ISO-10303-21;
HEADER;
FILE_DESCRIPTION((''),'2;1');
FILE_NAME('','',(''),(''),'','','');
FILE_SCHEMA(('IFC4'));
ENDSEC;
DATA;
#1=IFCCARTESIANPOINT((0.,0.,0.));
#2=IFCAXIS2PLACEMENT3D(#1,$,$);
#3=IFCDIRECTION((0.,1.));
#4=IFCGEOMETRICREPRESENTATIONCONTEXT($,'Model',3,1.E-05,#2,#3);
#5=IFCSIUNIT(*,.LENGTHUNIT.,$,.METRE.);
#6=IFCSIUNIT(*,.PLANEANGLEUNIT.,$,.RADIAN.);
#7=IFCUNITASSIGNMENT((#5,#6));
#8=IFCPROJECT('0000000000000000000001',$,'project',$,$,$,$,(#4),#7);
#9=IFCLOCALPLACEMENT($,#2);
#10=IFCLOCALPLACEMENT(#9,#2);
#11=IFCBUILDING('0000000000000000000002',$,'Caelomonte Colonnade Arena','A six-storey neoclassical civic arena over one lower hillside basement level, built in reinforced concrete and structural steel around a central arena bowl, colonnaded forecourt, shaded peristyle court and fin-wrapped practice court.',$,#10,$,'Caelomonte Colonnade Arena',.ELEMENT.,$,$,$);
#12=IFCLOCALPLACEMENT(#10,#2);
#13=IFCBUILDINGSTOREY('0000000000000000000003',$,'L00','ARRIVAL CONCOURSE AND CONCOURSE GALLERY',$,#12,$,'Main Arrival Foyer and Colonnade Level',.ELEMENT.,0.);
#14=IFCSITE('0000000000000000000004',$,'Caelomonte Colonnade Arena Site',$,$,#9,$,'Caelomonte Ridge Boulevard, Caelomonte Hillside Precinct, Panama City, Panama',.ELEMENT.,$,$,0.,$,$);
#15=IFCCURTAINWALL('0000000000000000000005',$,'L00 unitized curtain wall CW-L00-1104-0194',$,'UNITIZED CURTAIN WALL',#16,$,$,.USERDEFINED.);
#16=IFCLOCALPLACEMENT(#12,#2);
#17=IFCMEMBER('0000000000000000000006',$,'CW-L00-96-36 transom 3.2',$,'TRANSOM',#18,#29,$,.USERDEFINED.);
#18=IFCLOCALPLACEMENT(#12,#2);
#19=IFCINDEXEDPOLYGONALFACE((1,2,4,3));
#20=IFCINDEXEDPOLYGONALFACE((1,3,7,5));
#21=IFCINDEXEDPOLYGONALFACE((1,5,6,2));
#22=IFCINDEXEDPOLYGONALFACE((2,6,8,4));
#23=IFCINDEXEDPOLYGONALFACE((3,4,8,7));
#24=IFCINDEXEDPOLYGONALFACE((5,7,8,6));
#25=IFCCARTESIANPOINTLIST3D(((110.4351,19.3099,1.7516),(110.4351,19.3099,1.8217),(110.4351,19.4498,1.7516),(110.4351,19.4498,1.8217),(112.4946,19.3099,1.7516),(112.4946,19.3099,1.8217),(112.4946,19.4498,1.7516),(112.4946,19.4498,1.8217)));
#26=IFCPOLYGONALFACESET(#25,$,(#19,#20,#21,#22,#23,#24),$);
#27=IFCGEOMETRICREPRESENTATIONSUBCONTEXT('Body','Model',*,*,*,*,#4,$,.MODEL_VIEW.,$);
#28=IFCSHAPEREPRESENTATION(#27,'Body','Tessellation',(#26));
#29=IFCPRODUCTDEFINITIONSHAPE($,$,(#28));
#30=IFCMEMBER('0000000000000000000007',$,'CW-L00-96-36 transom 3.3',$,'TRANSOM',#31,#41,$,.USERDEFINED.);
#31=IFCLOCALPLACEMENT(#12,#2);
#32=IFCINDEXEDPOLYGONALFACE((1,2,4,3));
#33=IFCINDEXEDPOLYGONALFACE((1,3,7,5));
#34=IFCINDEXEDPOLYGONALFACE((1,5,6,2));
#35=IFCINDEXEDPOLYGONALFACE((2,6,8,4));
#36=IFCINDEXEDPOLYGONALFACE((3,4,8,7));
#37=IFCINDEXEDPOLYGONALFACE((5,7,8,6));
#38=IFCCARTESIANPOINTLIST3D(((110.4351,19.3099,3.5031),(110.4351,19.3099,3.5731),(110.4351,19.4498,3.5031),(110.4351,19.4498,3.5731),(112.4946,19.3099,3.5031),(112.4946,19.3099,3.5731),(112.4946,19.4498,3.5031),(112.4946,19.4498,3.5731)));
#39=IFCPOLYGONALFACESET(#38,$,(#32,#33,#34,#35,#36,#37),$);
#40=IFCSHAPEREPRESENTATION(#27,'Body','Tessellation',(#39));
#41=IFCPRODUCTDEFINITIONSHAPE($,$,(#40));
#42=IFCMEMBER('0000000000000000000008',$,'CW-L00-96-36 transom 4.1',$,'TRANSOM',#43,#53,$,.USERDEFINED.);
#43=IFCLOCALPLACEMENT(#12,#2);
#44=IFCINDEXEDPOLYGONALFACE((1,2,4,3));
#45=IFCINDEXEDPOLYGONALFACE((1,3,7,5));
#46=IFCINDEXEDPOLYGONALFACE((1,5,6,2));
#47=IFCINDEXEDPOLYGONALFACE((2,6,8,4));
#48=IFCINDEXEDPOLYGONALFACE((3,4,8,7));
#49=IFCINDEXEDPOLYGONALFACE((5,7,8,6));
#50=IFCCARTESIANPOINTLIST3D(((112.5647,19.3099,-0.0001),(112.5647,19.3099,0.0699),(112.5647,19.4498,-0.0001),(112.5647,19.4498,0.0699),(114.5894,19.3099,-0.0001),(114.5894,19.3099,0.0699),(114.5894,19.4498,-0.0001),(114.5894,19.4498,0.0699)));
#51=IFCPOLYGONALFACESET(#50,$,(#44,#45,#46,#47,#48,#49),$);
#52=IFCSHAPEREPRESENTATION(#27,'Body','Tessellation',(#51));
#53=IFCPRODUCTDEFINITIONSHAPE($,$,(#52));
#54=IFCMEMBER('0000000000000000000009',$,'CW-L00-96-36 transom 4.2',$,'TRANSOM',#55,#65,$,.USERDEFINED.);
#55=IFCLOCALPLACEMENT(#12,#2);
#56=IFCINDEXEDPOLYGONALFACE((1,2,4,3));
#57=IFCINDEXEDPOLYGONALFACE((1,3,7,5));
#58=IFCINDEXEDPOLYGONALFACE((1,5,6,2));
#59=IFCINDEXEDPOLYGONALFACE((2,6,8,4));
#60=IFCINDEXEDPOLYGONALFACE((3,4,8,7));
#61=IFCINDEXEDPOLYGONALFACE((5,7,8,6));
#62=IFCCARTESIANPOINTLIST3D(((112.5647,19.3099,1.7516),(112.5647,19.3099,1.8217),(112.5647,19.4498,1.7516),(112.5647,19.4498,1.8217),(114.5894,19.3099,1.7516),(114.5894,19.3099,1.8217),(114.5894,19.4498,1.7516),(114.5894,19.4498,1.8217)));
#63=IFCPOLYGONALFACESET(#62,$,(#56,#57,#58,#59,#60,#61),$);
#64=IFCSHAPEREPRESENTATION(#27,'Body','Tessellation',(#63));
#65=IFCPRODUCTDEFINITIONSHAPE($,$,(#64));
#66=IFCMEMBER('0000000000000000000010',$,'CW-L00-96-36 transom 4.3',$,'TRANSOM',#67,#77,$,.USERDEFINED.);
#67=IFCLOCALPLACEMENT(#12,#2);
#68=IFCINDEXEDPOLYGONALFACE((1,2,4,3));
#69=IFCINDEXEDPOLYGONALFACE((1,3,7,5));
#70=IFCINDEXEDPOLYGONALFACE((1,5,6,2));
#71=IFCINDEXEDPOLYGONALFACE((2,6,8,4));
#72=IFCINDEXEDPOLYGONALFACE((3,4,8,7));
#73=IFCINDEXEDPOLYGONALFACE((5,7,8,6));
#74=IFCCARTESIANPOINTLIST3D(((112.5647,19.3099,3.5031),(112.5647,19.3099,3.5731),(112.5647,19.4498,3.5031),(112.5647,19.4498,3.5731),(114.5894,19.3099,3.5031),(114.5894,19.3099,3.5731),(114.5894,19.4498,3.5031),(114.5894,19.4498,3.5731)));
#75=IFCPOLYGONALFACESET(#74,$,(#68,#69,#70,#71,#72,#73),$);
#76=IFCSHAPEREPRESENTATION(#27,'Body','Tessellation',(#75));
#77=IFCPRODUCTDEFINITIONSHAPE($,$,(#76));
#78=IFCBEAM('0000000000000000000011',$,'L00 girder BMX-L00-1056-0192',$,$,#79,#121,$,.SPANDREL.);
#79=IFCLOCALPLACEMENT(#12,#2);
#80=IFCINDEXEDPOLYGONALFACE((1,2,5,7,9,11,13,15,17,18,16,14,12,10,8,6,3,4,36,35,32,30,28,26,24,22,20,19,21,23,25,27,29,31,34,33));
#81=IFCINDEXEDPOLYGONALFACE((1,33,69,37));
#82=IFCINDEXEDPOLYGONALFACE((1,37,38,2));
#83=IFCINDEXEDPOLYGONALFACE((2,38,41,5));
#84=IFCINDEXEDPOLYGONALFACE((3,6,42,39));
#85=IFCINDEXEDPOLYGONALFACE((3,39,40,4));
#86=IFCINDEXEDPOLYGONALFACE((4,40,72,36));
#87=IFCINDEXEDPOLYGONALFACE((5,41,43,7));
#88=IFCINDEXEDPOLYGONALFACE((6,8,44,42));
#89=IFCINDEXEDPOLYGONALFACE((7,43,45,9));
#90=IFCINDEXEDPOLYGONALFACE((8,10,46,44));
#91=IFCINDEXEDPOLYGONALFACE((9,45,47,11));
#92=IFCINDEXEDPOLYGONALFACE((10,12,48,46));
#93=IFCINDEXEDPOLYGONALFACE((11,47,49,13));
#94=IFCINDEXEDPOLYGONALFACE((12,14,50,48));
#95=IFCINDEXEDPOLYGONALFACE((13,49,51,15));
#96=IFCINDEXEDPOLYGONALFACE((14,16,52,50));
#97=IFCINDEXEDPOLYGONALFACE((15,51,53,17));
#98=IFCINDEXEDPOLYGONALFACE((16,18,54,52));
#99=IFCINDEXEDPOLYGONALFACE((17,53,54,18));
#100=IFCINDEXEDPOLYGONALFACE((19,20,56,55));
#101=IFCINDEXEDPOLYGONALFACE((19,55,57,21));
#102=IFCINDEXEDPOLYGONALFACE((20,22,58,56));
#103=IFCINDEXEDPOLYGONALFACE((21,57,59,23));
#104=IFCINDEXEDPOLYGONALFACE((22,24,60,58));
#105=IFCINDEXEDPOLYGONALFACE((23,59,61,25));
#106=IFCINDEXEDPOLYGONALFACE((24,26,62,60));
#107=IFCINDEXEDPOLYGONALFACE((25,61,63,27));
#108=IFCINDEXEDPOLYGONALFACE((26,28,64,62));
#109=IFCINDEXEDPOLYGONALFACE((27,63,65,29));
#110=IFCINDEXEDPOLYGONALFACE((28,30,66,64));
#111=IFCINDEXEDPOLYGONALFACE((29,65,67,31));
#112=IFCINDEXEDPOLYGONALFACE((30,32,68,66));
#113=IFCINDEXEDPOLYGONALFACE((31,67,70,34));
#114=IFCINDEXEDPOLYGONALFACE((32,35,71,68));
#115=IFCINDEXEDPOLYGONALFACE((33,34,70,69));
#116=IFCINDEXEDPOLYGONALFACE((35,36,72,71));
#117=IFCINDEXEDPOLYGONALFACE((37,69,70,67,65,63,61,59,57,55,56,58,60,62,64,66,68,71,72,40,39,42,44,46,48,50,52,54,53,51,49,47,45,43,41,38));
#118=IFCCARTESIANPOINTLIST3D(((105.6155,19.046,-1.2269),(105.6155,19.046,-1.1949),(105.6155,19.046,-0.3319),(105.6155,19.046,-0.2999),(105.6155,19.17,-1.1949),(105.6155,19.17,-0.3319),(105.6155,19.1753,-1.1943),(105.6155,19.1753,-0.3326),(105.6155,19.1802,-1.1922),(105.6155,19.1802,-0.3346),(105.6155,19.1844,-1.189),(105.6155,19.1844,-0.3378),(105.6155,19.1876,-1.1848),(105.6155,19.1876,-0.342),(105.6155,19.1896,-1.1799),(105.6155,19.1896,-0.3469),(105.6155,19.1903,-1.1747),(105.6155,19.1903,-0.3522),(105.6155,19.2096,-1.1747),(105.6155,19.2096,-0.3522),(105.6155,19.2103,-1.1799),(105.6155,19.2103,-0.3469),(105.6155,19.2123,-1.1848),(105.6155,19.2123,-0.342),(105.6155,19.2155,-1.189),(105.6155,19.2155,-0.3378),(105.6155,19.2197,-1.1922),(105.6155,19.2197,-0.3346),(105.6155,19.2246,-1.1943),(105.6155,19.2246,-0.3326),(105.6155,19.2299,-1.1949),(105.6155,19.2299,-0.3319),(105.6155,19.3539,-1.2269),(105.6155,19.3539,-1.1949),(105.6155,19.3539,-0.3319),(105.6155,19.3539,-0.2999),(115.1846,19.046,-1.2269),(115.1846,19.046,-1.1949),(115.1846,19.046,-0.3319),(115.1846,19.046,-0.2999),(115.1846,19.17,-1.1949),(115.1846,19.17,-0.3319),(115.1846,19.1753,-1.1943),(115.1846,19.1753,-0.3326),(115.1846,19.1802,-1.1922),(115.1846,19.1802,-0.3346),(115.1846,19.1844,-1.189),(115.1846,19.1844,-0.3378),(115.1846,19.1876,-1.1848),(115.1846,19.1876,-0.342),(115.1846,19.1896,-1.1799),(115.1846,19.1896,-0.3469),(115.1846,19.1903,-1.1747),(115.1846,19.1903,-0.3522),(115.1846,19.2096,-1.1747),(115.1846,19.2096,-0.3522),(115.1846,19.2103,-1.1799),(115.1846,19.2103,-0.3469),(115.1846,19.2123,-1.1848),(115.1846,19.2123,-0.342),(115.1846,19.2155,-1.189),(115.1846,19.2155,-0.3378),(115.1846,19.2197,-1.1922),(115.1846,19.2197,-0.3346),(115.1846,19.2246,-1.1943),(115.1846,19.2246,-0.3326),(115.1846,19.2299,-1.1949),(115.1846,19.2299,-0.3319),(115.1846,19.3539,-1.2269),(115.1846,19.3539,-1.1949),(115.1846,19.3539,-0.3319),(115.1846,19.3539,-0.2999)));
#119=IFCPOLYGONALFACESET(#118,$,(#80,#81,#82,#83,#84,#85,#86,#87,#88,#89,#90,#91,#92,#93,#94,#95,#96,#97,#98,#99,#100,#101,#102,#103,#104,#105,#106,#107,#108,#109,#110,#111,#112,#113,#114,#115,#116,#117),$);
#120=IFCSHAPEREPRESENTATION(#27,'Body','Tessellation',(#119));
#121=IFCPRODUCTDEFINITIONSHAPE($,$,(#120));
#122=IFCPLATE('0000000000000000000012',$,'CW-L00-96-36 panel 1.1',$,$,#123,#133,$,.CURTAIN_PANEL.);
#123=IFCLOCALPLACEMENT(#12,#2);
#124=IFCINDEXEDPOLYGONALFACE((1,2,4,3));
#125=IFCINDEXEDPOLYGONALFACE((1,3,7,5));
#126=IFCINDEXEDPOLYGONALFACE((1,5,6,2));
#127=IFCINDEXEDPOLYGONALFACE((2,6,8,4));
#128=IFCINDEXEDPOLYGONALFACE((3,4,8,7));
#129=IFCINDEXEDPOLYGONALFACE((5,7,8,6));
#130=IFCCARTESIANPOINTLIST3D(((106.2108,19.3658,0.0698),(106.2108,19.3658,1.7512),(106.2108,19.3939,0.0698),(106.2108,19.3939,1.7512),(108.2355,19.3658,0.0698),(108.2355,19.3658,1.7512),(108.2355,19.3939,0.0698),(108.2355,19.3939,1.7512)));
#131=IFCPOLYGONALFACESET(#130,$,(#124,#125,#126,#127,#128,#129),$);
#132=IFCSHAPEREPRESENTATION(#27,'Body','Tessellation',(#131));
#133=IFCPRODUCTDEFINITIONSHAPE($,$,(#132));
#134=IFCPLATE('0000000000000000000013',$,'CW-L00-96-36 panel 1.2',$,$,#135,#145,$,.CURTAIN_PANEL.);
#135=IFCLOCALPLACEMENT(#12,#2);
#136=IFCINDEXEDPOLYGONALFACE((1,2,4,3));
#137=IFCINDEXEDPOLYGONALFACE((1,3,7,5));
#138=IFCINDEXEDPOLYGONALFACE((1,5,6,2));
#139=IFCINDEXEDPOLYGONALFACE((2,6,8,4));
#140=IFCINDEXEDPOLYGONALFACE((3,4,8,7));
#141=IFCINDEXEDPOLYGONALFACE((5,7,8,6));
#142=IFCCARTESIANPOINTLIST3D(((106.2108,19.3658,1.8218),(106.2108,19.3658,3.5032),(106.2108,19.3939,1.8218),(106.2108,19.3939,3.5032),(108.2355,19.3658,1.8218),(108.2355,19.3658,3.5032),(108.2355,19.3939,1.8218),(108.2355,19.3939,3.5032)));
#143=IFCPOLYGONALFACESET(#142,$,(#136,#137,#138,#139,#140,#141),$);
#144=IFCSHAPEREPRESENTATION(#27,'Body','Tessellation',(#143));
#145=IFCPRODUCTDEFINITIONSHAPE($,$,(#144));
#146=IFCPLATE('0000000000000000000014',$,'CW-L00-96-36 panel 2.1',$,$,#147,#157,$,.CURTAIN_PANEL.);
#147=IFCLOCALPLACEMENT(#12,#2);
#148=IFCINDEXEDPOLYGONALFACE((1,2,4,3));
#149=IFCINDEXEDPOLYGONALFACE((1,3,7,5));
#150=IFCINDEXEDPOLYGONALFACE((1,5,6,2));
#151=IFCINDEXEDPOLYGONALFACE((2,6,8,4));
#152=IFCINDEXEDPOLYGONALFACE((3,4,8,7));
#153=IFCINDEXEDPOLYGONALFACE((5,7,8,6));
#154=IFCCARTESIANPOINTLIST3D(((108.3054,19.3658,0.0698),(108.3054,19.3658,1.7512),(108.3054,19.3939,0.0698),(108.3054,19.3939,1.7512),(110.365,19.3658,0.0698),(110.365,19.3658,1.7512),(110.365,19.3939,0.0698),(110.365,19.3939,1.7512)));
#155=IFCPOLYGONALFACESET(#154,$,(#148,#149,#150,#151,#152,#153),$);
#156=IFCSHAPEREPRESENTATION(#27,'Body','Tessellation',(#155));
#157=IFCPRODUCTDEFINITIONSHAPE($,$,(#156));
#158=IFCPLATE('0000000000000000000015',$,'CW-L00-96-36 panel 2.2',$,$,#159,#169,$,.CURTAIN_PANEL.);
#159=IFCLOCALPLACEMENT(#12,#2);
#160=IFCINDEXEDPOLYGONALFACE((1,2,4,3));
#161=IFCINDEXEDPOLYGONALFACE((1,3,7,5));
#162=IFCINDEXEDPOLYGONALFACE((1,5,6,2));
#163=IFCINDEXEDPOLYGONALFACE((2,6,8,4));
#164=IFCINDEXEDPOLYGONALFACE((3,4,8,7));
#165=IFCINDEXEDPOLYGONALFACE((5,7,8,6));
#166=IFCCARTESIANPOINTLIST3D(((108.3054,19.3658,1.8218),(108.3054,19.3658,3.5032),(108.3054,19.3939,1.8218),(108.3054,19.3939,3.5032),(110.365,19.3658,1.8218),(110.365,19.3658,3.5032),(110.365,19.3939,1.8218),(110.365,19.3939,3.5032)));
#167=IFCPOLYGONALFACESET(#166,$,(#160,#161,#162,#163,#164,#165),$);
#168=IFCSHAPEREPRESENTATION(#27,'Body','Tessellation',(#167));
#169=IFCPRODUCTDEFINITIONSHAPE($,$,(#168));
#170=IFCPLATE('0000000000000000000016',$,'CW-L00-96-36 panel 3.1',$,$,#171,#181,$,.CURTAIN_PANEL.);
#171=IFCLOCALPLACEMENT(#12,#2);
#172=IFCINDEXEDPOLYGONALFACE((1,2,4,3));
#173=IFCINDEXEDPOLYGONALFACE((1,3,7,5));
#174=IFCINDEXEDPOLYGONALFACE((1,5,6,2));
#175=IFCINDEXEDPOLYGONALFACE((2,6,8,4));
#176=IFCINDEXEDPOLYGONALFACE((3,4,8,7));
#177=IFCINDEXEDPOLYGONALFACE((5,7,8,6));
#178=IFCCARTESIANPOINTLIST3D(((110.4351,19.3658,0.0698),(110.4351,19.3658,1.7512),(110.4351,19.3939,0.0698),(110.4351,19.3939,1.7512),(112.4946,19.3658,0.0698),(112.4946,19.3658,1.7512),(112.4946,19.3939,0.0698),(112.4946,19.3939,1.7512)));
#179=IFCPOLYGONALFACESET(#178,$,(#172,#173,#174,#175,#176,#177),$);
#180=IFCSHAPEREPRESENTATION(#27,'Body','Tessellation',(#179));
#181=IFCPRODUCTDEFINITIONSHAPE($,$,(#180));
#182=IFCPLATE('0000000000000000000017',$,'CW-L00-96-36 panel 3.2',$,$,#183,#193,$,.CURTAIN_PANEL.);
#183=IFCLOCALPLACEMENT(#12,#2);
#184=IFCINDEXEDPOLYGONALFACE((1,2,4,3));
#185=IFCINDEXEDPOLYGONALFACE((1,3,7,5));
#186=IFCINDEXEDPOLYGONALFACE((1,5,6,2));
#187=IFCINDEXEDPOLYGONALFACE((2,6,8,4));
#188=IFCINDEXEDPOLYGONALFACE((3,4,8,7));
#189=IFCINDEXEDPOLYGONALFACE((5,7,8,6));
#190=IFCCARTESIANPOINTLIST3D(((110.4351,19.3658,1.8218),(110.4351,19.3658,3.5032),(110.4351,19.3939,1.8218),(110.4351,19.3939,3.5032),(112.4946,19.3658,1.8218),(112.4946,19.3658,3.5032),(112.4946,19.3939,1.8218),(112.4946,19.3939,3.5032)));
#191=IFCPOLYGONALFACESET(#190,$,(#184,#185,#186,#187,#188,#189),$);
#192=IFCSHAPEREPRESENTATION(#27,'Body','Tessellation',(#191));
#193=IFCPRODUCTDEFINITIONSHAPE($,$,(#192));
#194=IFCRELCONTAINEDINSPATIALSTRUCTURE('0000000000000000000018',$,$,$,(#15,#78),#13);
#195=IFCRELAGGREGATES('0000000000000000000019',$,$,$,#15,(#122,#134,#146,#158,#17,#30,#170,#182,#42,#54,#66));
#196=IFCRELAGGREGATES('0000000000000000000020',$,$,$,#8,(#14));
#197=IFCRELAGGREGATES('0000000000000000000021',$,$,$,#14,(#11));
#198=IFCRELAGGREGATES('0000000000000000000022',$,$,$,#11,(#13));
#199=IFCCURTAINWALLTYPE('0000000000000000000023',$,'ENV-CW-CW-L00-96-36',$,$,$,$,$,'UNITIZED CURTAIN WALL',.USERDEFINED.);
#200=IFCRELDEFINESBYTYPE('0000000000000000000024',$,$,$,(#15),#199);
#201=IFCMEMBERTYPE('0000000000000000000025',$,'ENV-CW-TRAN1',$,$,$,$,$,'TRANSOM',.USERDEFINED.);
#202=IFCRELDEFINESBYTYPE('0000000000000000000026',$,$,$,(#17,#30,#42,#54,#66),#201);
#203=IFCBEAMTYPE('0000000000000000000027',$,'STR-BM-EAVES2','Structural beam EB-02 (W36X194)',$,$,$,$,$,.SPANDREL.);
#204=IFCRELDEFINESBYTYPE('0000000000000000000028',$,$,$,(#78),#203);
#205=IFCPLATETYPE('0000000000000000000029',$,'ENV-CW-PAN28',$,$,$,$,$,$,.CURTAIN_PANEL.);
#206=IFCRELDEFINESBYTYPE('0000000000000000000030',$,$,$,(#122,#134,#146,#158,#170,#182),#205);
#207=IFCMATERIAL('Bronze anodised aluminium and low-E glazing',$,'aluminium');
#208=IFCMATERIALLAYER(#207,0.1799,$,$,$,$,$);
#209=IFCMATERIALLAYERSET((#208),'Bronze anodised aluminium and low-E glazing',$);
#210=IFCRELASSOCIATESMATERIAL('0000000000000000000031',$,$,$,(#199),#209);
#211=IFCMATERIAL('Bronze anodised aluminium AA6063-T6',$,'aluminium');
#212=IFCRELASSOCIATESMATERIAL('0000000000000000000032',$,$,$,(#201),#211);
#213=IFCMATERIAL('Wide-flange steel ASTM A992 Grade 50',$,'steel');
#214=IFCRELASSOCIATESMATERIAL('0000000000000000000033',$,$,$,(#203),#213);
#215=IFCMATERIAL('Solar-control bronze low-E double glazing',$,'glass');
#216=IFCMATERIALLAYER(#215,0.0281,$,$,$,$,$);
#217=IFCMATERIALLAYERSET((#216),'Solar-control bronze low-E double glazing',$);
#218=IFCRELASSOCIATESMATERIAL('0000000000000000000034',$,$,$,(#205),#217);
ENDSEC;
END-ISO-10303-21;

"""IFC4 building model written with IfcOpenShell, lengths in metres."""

from ifc_helpers import new_model, si_unit, direction, frame, origin, origin_2d, place, context, subcontext, project, spatial, rectangle, i_section, extrude, material, layer, layer_set, material_profile, profile_set, type_object, element, aggregate, save


model = new_model("IFC4")

# Units and contexts
model_context = context("Model", 3, precision=1e-05, world=origin(), true_north=direction((0.0, 1.0)))
body_context = subcontext(model_context, "Body", "Model", "MODEL_VIEW")
ifc_project = project(units=[si_unit("LENGTHUNIT", "METRE"), si_unit("PLANEANGLEUNIT", "RADIAN")], contexts=[model_context])

# Site, building, storey
site_placement = place(None, origin())
site = spatial("IfcSite", under=ifc_project, at=site_placement, Name="Caelomonte Colonnade Arena Site", LongName="Caelomonte Ridge Boulevard, Caelomonte Hillside Precinct, Panama City, Panama", CompositionType="ELEMENT", RefElevation=0.0)
building_placement = place(site_placement, origin())
building = spatial("IfcBuilding", under=site, at=building_placement, Name="Caelomonte Colonnade Arena", Description="A six-storey neoclassical civic arena over one lower hillside basement level, built in reinforced concrete and structural steel around a central arena bowl, colonnaded forecourt, shaded peristyle court and fin-wrapped practice court.", LongName="Caelomonte Colonnade Arena", CompositionType="ELEMENT")
storey_placement = place(building_placement, origin())
storey = spatial("IfcBuildingStorey", under=building, at=storey_placement, Name="L00", Description="ARRIVAL CONCOURSE AND CONCOURSE GALLERY", LongName="Main Arrival Foyer and Colonnade Level", CompositionType="ELEMENT", Elevation=0.0)

# Shared definitions
ifc_material_1 = material(Name="Wide-flange steel ASTM A992 Grade 50", Category="steel")

# Curtain wall, members
ifc_material_2 = material(Name="Bronze anodised aluminium and low-E glazing", Category="aluminium")
ifc_layer_1 = layer(ifc_material_2, 0.1799)
ifc_layer_set_1 = layer_set([ifc_layer_1], Name="Bronze anodised aluminium and low-E glazing")
curtain_wall_type = type_object("IfcCurtainWallType", Name="ENV-CW-CW-L00-96-36", ElementType="UNITIZED CURTAIN WALL", PredefinedType="USERDEFINED", material=ifc_layer_set_1)
curtain_wall_placement = place(storey_placement, origin())
curtain_wall = element("IfcCurtainWall", 1, at=curtain_wall_placement, inside=storey, type_object=curtain_wall_type, Name="L00 unitized curtain wall CW-L00-1104-0194", ObjectType="UNITIZED CURTAIN WALL", PredefinedType="USERDEFINED")
ifc_material_3 = material(Name="Bronze anodised aluminium AA6063-T6", Category="aluminium")
ifc_material_profile_1 = material_profile(ifc_material_3, rectangle(XDim=0.0701, YDim=0.1399, at=origin_2d()), Name="CWT-70X140")
ifc_profile_set_1 = profile_set([ifc_material_profile_1], Name="Bronze anodised aluminium AA6063-T6")
member_type_1 = type_object("IfcMemberType", Name="ENV-CW-TRAN1", ElementType="TRANSOM", PredefinedType="USERDEFINED", material=ifc_profile_set_1)
member_1_placement = place(storey_placement, frame((110.4351, 19.3799, 1.7866), z_axis=(1.0, 0.0, 0.0), x_axis=(0.0, 0.0, 1.0)))
member_1 = element("IfcMember", 2, at=member_1_placement, type_object=member_type_1, Name="CW-L00-96-36 transom 3.2", ObjectType="TRANSOM", PredefinedType="USERDEFINED", context=body_context, shape_type="SweptSolid", body=[
    extrude(rectangle(XDim=0.0701, YDim=0.1399, at=origin_2d()), origin(), (0.0, 0.0, 1.0), 2.0596),
])
member_2_placement = place(storey_placement, frame((110.4351, 19.3799, 3.5381), z_axis=(1.0, 0.0, 0.0), x_axis=(0.0, 0.0, 1.0)))
member_2 = element("IfcMember", 3, at=member_2_placement, type_object=member_type_1, Name="CW-L00-96-36 transom 3.3", ObjectType="TRANSOM", PredefinedType="USERDEFINED", context=body_context, shape_type="SweptSolid", body=[
    extrude(rectangle(XDim=0.0701, YDim=0.1399, at=origin_2d()), origin(), (0.0, 0.0, 1.0), 2.0596),
])
member_3_placement = place(storey_placement, frame((112.5647, 19.3799, 0.0349), z_axis=(1.0, 0.0, 0.0), x_axis=(0.0, 0.0, 1.0)))
member_3 = element("IfcMember", 4, at=member_3_placement, type_object=member_type_1, Name="CW-L00-96-36 transom 4.1", ObjectType="TRANSOM", PredefinedType="USERDEFINED", context=body_context, shape_type="SweptSolid", body=[
    extrude(rectangle(XDim=0.0701, YDim=0.1399, at=origin_2d()), origin(), (0.0, 0.0, 1.0), 2.0247),
])
member_4_placement = place(storey_placement, frame((112.5647, 19.3799, 1.7866), z_axis=(1.0, 0.0, 0.0), x_axis=(0.0, 0.0, 1.0)))
member_4 = element("IfcMember", 5, at=member_4_placement, type_object=member_type_1, Name="CW-L00-96-36 transom 4.2", ObjectType="TRANSOM", PredefinedType="USERDEFINED", context=body_context, shape_type="SweptSolid", body=[
    extrude(rectangle(XDim=0.0701, YDim=0.1399, at=origin_2d()), origin(), (0.0, 0.0, 1.0), 2.0247),
])
member_5_placement = place(storey_placement, frame((112.5647, 19.3799, 3.5381), z_axis=(1.0, 0.0, 0.0), x_axis=(0.0, 0.0, 1.0)))
member_5 = element("IfcMember", 6, at=member_5_placement, type_object=member_type_1, Name="CW-L00-96-36 transom 4.3", ObjectType="TRANSOM", PredefinedType="USERDEFINED", context=body_context, shape_type="SweptSolid", body=[
    extrude(rectangle(XDim=0.0701, YDim=0.1399, at=origin_2d()), origin(), (0.0, 0.0, 1.0), 2.0247),
])

# Beam
ifc_material_profile_2 = material_profile(ifc_material_1, i_section(OverallWidth=0.3079, OverallDepth=0.927, WebThickness=0.0193, FlangeThickness=0.032, FilletRadius=0.0203, at=origin_2d()), Name="W36X194")
ifc_profile_set_2 = profile_set([ifc_material_profile_2], Name="Wide-flange steel ASTM A992 Grade 50")
beam_type = type_object("IfcBeamType", Name="STR-BM-EAVES2", Description="Structural beam EB-02 (W36X194)", PredefinedType="SPANDREL", material=ifc_profile_set_2)
beam_placement = place(storey_placement, frame((105.6155, 19.2, -0.7634), z_axis=(1.0, 0.0, 0.0), x_axis=(0.0, 1.0, 0.0)))
element("IfcBeam", 7, at=beam_placement, inside=storey, type_object=beam_type, Name="L00 girder BMX-L00-1056-0192", PredefinedType="SPANDREL", context=body_context, shape_type="SweptSolid", body=[
    extrude(i_section(OverallWidth=0.3079, OverallDepth=0.927, WebThickness=0.0193, FlangeThickness=0.032, FilletRadius=0.0203, at=origin_2d()), origin(), (0.0, 0.0, 1.0), 9.5691),
])

# Plates
ifc_material_4 = material(Name="Solar-control bronze low-E double glazing", Category="glass")
ifc_layer_2 = layer(ifc_material_4, 0.0281)
ifc_layer_set_2 = layer_set([ifc_layer_2], Name="Solar-control bronze low-E double glazing")
plate_type = type_object("IfcPlateType", Name="ENV-CW-PAN28", PredefinedType="CURTAIN_PANEL", material=ifc_layer_set_2)
plate_1_placement = place(storey_placement, frame((107.2231, 19.3799, 0.0698), z_axis=(0.0, 0.0, 1.0), x_axis=(1.0, 0.0, 0.0)))
plate_1 = element("IfcPlate", 8, at=plate_1_placement, type_object=plate_type, Name="CW-L00-96-36 panel 1.1", PredefinedType="CURTAIN_PANEL", context=body_context, shape_type="SweptSolid", body=[
    extrude(rectangle(XDim=2.0247, YDim=0.0281, at=origin_2d()), origin(), (0.0, 0.0, 1.0), 1.6814),
])
plate_2_placement = place(storey_placement, frame((107.2231, 19.3799, 1.8218), z_axis=(0.0, 0.0, 1.0), x_axis=(1.0, 0.0, 0.0)))
plate_2 = element("IfcPlate", 9, at=plate_2_placement, type_object=plate_type, Name="CW-L00-96-36 panel 1.2", PredefinedType="CURTAIN_PANEL", context=body_context, shape_type="SweptSolid", body=[
    extrude(rectangle(XDim=2.0247, YDim=0.0281, at=origin_2d()), origin(), (0.0, 0.0, 1.0), 1.6814),
])
plate_3_placement = place(storey_placement, frame((109.3352, 19.3799, 0.0698), z_axis=(0.0, 0.0, 1.0), x_axis=(1.0, 0.0, 0.0)))
plate_3 = element("IfcPlate", 10, at=plate_3_placement, type_object=plate_type, Name="CW-L00-96-36 panel 2.1", PredefinedType="CURTAIN_PANEL", context=body_context, shape_type="SweptSolid", body=[
    extrude(rectangle(XDim=2.0596, YDim=0.0281, at=origin_2d()), origin(), (0.0, 0.0, 1.0), 1.6814),
])
plate_4_placement = place(storey_placement, frame((109.3352, 19.3799, 1.8218), z_axis=(0.0, 0.0, 1.0), x_axis=(1.0, 0.0, 0.0)))
plate_4 = element("IfcPlate", 11, at=plate_4_placement, type_object=plate_type, Name="CW-L00-96-36 panel 2.2", PredefinedType="CURTAIN_PANEL", context=body_context, shape_type="SweptSolid", body=[
    extrude(rectangle(XDim=2.0596, YDim=0.0281, at=origin_2d()), origin(), (0.0, 0.0, 1.0), 1.6814),
])
plate_5_placement = place(storey_placement, frame((111.4648, 19.3799, 0.0698), z_axis=(0.0, 0.0, 1.0), x_axis=(1.0, 0.0, 0.0)))
plate_5 = element("IfcPlate", 12, at=plate_5_placement, type_object=plate_type, Name="CW-L00-96-36 panel 3.1", PredefinedType="CURTAIN_PANEL", context=body_context, shape_type="SweptSolid", body=[
    extrude(rectangle(XDim=2.0596, YDim=0.0281, at=origin_2d()), origin(), (0.0, 0.0, 1.0), 1.6814),
])
plate_6_placement = place(storey_placement, frame((111.4648, 19.3799, 1.8218), z_axis=(0.0, 0.0, 1.0), x_axis=(1.0, 0.0, 0.0)))
plate_6 = element("IfcPlate", 13, at=plate_6_placement, type_object=plate_type, Name="CW-L00-96-36 panel 3.2", PredefinedType="CURTAIN_PANEL", context=body_context, shape_type="SweptSolid", body=[
    extrude(rectangle(XDim=2.0596, YDim=0.0281, at=origin_2d()), origin(), (0.0, 0.0, 1.0), 1.6814),
])
aggregate(curtain_wall, [plate_1, plate_2, plate_3, plate_4, member_1, member_2, plate_5, plate_6, member_3, member_4, member_5])

save(model, "model.ifc")
